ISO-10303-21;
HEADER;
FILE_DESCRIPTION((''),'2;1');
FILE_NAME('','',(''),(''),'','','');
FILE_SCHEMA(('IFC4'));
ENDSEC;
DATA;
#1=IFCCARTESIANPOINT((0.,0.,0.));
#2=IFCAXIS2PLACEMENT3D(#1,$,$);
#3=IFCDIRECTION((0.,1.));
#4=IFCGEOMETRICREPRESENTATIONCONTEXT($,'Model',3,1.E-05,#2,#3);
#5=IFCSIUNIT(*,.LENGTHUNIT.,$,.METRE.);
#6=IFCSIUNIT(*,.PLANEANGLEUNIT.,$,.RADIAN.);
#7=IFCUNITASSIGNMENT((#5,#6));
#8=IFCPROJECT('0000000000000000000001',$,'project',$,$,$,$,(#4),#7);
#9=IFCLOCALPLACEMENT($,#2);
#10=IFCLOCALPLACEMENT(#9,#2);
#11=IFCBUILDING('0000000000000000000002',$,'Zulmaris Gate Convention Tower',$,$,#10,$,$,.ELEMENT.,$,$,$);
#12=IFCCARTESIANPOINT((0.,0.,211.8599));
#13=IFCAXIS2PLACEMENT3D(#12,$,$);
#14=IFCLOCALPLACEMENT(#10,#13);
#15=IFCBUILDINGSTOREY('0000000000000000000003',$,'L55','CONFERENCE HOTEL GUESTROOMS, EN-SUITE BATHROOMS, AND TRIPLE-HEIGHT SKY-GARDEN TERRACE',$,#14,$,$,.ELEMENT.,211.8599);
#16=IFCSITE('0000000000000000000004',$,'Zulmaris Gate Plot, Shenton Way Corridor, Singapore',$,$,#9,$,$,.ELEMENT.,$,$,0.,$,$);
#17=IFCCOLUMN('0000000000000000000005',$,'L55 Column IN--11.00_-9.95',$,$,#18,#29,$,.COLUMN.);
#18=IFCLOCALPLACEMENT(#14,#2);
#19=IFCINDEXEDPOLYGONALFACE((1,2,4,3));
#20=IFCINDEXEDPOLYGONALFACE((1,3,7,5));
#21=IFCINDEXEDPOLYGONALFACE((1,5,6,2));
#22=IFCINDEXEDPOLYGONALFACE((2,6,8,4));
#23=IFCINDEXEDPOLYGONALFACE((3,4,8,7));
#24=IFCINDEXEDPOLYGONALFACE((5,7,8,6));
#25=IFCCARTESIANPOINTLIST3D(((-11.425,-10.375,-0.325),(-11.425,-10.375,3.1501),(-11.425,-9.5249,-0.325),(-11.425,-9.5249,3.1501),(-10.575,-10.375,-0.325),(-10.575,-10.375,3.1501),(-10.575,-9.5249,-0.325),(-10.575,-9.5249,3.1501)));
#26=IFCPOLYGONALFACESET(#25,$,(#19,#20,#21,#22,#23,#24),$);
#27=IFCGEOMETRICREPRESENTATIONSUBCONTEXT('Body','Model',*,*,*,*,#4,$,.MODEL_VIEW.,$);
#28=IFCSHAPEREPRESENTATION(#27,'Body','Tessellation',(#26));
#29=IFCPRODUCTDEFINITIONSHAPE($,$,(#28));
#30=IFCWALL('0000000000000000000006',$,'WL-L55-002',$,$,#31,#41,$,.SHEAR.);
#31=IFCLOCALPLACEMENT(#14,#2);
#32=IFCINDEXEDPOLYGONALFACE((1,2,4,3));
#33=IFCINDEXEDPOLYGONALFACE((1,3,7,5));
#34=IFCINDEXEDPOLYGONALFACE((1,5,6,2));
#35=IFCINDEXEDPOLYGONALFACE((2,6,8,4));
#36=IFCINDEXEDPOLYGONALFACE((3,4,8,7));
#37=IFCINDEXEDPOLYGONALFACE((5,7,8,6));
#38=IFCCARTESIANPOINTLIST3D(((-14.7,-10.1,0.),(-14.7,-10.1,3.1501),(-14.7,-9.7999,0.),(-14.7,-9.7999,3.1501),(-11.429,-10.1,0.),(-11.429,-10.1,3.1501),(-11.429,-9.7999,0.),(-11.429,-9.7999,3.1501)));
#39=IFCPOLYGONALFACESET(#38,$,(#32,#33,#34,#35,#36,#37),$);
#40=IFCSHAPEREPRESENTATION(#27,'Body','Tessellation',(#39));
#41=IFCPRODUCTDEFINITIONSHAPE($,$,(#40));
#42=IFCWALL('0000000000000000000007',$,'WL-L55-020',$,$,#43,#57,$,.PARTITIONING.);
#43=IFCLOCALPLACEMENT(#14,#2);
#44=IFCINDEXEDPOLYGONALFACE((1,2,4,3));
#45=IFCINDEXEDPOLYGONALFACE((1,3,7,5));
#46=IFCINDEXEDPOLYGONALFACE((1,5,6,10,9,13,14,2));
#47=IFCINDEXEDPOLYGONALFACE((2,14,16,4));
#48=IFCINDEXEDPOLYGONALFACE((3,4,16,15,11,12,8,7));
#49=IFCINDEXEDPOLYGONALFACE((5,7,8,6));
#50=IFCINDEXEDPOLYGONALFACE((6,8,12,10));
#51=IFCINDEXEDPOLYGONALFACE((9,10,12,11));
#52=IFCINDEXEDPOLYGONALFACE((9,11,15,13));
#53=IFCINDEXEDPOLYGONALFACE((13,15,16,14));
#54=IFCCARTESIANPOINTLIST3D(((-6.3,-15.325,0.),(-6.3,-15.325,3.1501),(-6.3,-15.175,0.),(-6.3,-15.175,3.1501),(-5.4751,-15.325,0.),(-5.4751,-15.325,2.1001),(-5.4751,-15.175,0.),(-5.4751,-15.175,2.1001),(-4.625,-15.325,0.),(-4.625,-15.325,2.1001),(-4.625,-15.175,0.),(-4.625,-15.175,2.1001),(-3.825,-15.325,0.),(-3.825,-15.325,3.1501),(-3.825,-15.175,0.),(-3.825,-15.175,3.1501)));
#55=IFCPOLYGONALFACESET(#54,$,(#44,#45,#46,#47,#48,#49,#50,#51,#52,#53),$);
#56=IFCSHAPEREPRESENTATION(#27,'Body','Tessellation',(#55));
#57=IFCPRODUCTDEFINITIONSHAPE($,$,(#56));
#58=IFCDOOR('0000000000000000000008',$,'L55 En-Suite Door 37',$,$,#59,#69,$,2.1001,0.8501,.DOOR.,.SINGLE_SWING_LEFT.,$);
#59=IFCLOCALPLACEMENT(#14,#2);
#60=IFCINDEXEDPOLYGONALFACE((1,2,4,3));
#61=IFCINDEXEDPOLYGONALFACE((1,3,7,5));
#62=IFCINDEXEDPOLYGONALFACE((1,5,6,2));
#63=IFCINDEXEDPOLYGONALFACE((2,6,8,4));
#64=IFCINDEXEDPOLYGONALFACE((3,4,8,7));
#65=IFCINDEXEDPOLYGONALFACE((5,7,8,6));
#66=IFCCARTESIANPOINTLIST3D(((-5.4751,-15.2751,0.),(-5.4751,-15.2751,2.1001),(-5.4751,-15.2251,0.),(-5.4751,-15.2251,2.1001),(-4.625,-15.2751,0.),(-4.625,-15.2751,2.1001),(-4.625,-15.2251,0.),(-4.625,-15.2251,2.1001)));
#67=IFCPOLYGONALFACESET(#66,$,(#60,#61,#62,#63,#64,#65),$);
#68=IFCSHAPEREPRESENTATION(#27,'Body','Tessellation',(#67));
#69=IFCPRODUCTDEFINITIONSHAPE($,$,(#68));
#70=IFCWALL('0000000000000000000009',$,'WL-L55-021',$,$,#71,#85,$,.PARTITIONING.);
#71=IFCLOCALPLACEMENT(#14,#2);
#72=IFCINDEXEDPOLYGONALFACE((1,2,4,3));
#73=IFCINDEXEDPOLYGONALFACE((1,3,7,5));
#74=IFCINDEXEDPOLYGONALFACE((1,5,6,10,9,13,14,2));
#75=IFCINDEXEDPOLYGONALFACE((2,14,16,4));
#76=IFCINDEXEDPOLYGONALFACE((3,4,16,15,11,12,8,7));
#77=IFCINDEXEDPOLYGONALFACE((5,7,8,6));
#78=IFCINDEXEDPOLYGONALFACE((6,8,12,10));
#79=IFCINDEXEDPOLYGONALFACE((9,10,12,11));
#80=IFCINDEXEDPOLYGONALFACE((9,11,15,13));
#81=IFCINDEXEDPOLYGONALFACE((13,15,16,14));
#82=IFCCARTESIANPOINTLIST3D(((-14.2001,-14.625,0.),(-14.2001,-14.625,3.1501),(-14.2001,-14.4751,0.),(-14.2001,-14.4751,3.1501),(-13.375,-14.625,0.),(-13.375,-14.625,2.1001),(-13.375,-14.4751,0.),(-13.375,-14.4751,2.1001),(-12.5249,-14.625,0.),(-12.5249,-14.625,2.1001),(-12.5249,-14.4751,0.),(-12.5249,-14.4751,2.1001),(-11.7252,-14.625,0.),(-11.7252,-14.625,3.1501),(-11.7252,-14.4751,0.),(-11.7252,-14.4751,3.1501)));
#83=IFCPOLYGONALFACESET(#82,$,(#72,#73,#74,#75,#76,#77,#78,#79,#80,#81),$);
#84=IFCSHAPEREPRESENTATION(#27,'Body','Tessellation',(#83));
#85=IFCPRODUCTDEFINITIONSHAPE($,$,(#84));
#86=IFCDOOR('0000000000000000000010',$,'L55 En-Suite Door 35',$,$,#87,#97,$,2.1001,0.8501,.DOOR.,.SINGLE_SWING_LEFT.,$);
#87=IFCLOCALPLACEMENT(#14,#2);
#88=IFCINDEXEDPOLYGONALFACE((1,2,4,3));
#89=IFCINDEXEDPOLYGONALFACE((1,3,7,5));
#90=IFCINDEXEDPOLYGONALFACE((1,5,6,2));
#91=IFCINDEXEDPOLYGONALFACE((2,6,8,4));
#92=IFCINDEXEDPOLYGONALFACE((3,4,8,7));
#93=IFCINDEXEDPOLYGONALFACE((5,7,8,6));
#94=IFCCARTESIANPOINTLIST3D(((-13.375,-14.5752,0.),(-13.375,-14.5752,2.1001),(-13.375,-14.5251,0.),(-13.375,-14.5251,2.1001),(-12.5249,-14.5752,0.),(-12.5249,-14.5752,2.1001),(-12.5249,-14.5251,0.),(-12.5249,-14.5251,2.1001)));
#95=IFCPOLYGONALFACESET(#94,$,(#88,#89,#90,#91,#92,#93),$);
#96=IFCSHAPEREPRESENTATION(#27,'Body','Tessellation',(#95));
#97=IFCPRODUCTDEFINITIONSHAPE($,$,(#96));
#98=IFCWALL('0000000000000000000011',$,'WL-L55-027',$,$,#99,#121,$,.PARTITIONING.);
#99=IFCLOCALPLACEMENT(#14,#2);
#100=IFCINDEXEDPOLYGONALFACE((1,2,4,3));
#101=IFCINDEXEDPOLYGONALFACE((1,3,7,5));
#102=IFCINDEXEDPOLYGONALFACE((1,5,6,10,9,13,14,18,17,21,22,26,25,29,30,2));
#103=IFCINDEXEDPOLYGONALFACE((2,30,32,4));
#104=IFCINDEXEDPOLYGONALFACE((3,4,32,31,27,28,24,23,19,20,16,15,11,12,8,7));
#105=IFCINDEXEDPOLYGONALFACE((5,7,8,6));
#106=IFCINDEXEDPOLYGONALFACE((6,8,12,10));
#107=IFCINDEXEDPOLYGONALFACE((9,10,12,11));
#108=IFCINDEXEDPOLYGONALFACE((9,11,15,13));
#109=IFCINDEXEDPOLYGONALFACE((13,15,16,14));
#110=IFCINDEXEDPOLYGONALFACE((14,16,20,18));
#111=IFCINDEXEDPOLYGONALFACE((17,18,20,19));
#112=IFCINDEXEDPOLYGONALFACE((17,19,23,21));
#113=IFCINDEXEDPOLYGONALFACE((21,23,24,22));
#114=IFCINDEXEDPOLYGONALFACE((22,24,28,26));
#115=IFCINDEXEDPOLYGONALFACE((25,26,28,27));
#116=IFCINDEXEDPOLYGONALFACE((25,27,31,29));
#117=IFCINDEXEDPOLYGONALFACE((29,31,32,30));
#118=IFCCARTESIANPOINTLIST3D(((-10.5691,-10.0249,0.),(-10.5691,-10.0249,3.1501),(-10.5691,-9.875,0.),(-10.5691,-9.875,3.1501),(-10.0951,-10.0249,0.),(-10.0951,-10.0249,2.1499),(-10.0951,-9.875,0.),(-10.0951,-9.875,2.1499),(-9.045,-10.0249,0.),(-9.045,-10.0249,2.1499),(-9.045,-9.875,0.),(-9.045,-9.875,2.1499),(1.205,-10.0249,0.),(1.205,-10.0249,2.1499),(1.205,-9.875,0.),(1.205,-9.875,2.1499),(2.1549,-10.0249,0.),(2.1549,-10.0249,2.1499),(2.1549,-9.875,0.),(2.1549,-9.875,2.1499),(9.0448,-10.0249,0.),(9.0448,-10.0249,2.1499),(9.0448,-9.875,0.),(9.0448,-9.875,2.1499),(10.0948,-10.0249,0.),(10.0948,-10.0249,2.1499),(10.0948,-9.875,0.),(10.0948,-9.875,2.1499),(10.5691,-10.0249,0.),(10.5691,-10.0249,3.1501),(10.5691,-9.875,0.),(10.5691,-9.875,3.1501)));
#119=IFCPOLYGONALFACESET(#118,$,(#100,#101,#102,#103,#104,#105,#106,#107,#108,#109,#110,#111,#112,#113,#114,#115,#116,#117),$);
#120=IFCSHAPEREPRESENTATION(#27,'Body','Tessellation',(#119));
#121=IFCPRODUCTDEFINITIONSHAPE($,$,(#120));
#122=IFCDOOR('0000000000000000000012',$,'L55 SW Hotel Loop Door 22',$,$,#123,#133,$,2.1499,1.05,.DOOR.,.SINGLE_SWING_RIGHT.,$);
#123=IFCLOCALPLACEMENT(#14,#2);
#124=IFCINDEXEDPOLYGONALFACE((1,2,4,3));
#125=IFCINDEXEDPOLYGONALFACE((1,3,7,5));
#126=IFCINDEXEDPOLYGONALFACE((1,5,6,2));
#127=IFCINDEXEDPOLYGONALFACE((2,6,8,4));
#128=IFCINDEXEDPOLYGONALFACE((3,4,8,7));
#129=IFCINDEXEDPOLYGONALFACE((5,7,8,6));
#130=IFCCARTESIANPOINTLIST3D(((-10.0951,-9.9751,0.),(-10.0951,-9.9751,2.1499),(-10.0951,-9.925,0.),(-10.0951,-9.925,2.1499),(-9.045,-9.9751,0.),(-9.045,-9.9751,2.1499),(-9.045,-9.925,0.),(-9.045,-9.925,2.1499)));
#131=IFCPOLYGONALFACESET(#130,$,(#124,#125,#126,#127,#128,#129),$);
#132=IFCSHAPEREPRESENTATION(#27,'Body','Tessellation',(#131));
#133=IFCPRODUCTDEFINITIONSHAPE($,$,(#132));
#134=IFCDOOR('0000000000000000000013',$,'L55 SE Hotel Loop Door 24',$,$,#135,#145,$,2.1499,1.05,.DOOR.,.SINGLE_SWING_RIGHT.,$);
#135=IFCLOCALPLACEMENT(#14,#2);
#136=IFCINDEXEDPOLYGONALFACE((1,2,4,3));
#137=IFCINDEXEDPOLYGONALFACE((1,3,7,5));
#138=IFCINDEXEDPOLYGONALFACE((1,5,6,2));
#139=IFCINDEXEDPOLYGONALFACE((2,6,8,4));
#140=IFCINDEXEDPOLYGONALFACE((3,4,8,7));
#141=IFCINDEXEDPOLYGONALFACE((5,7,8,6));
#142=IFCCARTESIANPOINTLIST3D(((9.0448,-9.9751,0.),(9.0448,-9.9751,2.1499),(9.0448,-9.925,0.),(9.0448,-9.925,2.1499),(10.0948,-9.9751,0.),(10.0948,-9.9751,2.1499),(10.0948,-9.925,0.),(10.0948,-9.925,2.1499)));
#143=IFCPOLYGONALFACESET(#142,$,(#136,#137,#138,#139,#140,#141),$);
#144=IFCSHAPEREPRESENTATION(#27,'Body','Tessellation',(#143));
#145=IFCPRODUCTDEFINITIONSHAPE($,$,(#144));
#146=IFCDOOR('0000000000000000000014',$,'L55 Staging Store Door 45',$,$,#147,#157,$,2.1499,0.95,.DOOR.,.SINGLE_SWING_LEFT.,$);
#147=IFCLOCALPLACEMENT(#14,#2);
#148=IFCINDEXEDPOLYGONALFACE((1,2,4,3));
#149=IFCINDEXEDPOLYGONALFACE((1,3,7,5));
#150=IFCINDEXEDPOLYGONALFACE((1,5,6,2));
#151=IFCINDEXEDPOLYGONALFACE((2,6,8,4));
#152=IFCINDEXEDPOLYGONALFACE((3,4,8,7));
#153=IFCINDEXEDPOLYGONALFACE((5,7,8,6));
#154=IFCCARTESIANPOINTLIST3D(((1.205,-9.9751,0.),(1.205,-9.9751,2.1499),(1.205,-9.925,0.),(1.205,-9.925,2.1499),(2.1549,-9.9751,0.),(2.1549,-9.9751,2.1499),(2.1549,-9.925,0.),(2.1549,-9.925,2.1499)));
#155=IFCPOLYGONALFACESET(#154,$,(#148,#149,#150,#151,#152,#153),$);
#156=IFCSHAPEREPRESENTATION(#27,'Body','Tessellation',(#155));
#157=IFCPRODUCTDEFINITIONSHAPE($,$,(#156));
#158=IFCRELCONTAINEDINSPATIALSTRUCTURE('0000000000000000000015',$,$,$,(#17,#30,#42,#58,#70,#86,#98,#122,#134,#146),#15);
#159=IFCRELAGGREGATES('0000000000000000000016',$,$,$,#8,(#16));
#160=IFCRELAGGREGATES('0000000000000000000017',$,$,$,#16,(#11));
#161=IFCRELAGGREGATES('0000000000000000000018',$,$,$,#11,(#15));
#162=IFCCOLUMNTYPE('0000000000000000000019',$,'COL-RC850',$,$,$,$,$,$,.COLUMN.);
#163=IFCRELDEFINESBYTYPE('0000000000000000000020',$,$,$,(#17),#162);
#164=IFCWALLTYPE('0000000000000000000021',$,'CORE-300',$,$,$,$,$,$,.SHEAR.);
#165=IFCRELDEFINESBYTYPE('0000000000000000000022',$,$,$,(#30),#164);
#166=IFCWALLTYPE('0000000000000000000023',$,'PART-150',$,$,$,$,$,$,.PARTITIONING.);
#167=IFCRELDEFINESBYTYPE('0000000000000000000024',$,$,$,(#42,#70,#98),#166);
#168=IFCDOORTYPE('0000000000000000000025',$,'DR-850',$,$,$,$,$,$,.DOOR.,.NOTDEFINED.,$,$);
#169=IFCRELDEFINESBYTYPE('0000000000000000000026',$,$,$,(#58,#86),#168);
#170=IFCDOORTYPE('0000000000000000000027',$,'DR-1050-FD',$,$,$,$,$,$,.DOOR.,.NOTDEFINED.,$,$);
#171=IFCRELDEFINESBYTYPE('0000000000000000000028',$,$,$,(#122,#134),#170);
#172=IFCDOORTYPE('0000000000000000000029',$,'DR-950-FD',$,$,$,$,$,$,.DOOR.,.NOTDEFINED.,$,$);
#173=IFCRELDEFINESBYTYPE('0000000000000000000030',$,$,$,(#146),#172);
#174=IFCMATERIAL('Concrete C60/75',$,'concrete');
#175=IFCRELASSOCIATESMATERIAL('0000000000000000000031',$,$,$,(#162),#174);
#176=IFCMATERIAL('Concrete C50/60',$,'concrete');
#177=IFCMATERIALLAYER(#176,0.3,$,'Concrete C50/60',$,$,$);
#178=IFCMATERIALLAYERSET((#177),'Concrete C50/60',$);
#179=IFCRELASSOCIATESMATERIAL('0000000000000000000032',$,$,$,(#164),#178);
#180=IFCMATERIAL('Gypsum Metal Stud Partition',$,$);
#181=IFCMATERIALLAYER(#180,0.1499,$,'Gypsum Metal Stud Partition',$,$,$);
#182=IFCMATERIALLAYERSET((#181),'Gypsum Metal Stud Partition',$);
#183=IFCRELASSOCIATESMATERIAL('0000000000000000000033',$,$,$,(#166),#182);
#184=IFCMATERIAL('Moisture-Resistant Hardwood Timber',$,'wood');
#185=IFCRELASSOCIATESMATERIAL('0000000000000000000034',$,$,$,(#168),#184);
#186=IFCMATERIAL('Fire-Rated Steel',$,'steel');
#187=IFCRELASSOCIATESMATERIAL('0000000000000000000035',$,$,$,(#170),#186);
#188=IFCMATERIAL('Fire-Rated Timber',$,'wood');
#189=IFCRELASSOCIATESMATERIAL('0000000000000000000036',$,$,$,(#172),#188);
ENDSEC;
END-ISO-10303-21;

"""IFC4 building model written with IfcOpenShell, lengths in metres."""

from ifc_helpers import new_model, si_unit, direction, frame, frame_2d, origin, origin_2d, place, context, subcontext, project, spatial, rectangle, extrude, material, layer, layer_set, material_profile, profile_set, type_object, element, fill, save


model = new_model("IFC4")

# Units and contexts
model_context = context("Model", 3, precision=1e-05, world=origin(), true_north=direction((0.0, 1.0)))
body_context = subcontext(model_context, "Body", "Model", "MODEL_VIEW")
ifc_project = project(units=[si_unit("LENGTHUNIT", "METRE"), si_unit("PLANEANGLEUNIT", "RADIAN")], contexts=[model_context])

# Site, building, storey
site_placement = place(None, origin())
site = spatial("IfcSite", under=ifc_project, at=site_placement, Name="Zulmaris Gate Plot, Shenton Way Corridor, Singapore", CompositionType="ELEMENT", RefElevation=0.0)
building_placement = place(site_placement, origin())
building = spatial("IfcBuilding", under=site, at=building_placement, Name="Zulmaris Gate Convention Tower", CompositionType="ELEMENT")
storey_placement = place(building_placement, frame((0.0, 0.0, 211.8599)))
storey = spatial("IfcBuildingStorey", under=building, at=storey_placement, Name="L55", Description="CONFERENCE HOTEL GUESTROOMS, EN-SUITE BATHROOMS, AND TRIPLE-HEIGHT SKY-GARDEN TERRACE", CompositionType="ELEMENT", Elevation=211.8599)

# Column
ifc_material_1 = material(Name="Concrete C60/75", Category="concrete")
ifc_material_profile = material_profile(ifc_material_1, rectangle(XDim=0.8501, YDim=0.8501, at=origin_2d()), Name="RC COL 850x850")
ifc_profile_set = profile_set([ifc_material_profile], Name="Concrete C60/75")
column_type = type_object("IfcColumnType", Name="COL-RC850", PredefinedType="COLUMN", material=ifc_profile_set)
column_placement = place(storey_placement, frame((-11.0, -9.95, -0.325), z_axis=(0.0, 0.0, 1.0), x_axis=(1.0, 0.0, 0.0)))
element("IfcColumn", 1, at=column_placement, inside=storey, type_object=column_type, Name="L55 Column IN--11.00_-9.95", PredefinedType="COLUMN", context=body_context, shape_type="SweptSolid", body=[
    extrude(rectangle(XDim=0.8501, YDim=0.8501, at=origin_2d()), origin(), (0.0, 0.0, 1.0), 3.4751),
])

# Wall
ifc_material_2 = material(Name="Concrete C50/60", Category="concrete")
ifc_layer_1 = layer(ifc_material_2, 0.3, Name="Concrete C50/60")
ifc_layer_set_1 = layer_set([ifc_layer_1], Name="Concrete C50/60")
wall_type_1 = type_object("IfcWallType", Name="CORE-300", PredefinedType="SHEAR", material=ifc_layer_set_1)
wall_1_placement = place(storey_placement, frame((-14.7, -9.95, 0.0), z_axis=(0.0, 0.0, 1.0), x_axis=(1.0, 0.0, 0.0)))
element("IfcWall", 2, at=wall_1_placement, inside=storey, type_object=wall_type_1, Name="WL-L55-002", PredefinedType="SHEAR", context=body_context, shape_type="SweptSolid", body=[
    extrude(rectangle(XDim=3.271, YDim=0.3, at=frame_2d((1.6355, 0.0))), origin(), (0.0, 0.0, 1.0), 3.1501),
])

# Walls, openings, doors
ifc_material_3 = material(Name="Gypsum Metal Stud Partition")
ifc_layer_2 = layer(ifc_material_3, 0.1499, Name="Gypsum Metal Stud Partition")
ifc_layer_set_2 = layer_set([ifc_layer_2], Name="Gypsum Metal Stud Partition")
wall_type_2 = type_object("IfcWallType", Name="PART-150", PredefinedType="PARTITIONING", material=ifc_layer_set_2)
wall_2_placement = place(storey_placement, frame((-6.3, -15.25, 0.0), z_axis=(0.0, 0.0, 1.0), x_axis=(1.0, 0.0, 0.0)))
wall_2 = element("IfcWall", 3, at=wall_2_placement, inside=storey, type_object=wall_type_2, Name="WL-L55-020", PredefinedType="PARTITIONING", context=body_context, shape_type="SweptSolid", body=[
    extrude(rectangle(XDim=2.4751, YDim=0.1499, at=frame_2d((1.2375, 0.0))), origin(), (0.0, 0.0, 1.0), 3.1501),
])
opening_1_placement = place(wall_2_placement, frame((0.825, 0.0, 0.0)))
opening_1 = element("IfcOpeningElement", 4, at=opening_1_placement, cuts=wall_2, PredefinedType="OPENING", context=body_context, shape_type="SweptSolid", body=[
    extrude(rectangle(XDim=0.8501, YDim=2.1001, at=frame_2d((0.425, 1.05))), frame((0.0, 0.085, 0.0), z_axis=(0.0, -1.0, 0.0), x_axis=(1.0, 0.0, 0.0)), (0.0, 0.0, 1.0), 0.1699),
])
ifc_material_4 = material(Name="Moisture-Resistant Hardwood Timber", Category="wood")
door_type_1 = type_object("IfcDoorType", Name="DR-850", OperationType="NOTDEFINED", PredefinedType="DOOR", material=ifc_material_4)
door_1_placement = place(opening_1_placement, origin())
door_1 = element("IfcDoor", 5, at=door_1_placement, inside=storey, type_object=door_type_1, Name="L55 En-Suite Door 37", OperationType="SINGLE_SWING_LEFT", OverallHeight=2.1001, OverallWidth=0.8501, PredefinedType="DOOR", context=body_context, shape_type="SweptSolid", body=[
    extrude(rectangle(XDim=0.8501, YDim=2.1001, at=frame_2d((0.425, 1.05))), frame((0.0, 0.0249, 0.0), z_axis=(0.0, -1.0, 0.0), x_axis=(1.0, 0.0, 0.0)), (0.0, 0.0, 1.0), 0.05),
])
fill(opening_1, door_1)
wall_3_placement = place(storey_placement, frame((-14.2, -14.55, 0.0), z_axis=(0.0, 0.0, 1.0), x_axis=(1.0, 0.0, 0.0)))
wall_3 = element("IfcWall", 6, at=wall_3_placement, inside=storey, type_object=wall_type_2, Name="WL-L55-021", PredefinedType="PARTITIONING", context=body_context, shape_type="SweptSolid", body=[
    extrude(rectangle(XDim=2.4749, YDim=0.1499, at=frame_2d((1.2373, 0.0))), origin(), (0.0, 0.0, 1.0), 3.1501),
])
opening_2_placement = place(wall_3_placement, frame((0.825, 0.0, 0.0)))
opening_2 = element("IfcOpeningElement", 7, at=opening_2_placement, cuts=wall_3, PredefinedType="OPENING", context=body_context, shape_type="SweptSolid", body=[
    extrude(rectangle(XDim=0.8501, YDim=2.1001, at=frame_2d((0.425, 1.05))), frame((0.0, 0.085, 0.0), z_axis=(0.0, -1.0, 0.0), x_axis=(1.0, 0.0, 0.0)), (0.0, 0.0, 1.0), 0.1699),
])
door_2_placement = place(opening_2_placement, origin())
door_2 = element("IfcDoor", 8, at=door_2_placement, inside=storey, type_object=door_type_1, Name="L55 En-Suite Door 35", OperationType="SINGLE_SWING_LEFT", OverallHeight=2.1001, OverallWidth=0.8501, PredefinedType="DOOR", context=body_context, shape_type="SweptSolid", body=[
    extrude(rectangle(XDim=0.8501, YDim=2.1001, at=frame_2d((0.425, 1.05))), frame((0.0, 0.0249, 0.0), z_axis=(0.0, -1.0, 0.0), x_axis=(1.0, 0.0, 0.0)), (0.0, 0.0, 1.0), 0.05),
])
fill(opening_2, door_2)

# Wall, openings, doors
wall_4_placement = place(storey_placement, frame((-10.5691, -9.95, 0.0), z_axis=(0.0, 0.0, 1.0), x_axis=(1.0, 0.0, 0.0)))
wall_4 = element("IfcWall", 9, at=wall_4_placement, inside=storey, type_object=wall_type_2, Name="WL-L55-027", PredefinedType="PARTITIONING", context=body_context, shape_type="SweptSolid", body=[
    extrude(rectangle(XDim=21.1382, YDim=0.1499, at=frame_2d((10.5691, 0.0))), origin(), (0.0, 0.0, 1.0), 3.1501),
])
opening_3_placement = place(wall_4_placement, frame((0.4741, 0.0, 0.0)))
opening_3 = element("IfcOpeningElement", 10, at=opening_3_placement, cuts=wall_4, PredefinedType="OPENING", context=body_context, shape_type="SweptSolid", body=[
    extrude(rectangle(XDim=1.05, YDim=2.1499, at=frame_2d((0.5249, 1.075))), frame((0.0, 0.085, 0.0), z_axis=(0.0, -1.0, 0.0), x_axis=(1.0, 0.0, 0.0)), (0.0, 0.0, 1.0), 0.1699),
])
opening_4_placement = place(wall_4_placement, frame((19.614, 0.0, 0.0)))
opening_4 = element("IfcOpeningElement", 11, at=opening_4_placement, cuts=wall_4, PredefinedType="OPENING", context=body_context, shape_type="SweptSolid", body=[
    extrude(rectangle(XDim=1.05, YDim=2.1499, at=frame_2d((0.5249, 1.075))), frame((0.0, 0.085, 0.0), z_axis=(0.0, -1.0, 0.0), x_axis=(1.0, 0.0, 0.0)), (0.0, 0.0, 1.0), 0.1699),
])
opening_5_placement = place(wall_4_placement, frame((11.7739, 0.0, 0.0)))
opening_5 = element("IfcOpeningElement", 12, at=opening_5_placement, cuts=wall_4, PredefinedType="OPENING", context=body_context, shape_type="SweptSolid", body=[
    extrude(rectangle(XDim=0.95, YDim=2.1499, at=frame_2d((0.4751, 1.075))), frame((0.0, 0.085, 0.0), z_axis=(0.0, -1.0, 0.0), x_axis=(1.0, 0.0, 0.0)), (0.0, 0.0, 1.0), 0.1699),
])
ifc_material_5 = material(Name="Fire-Rated Steel", Category="steel")
door_type_2 = type_object("IfcDoorType", Name="DR-1050-FD", OperationType="NOTDEFINED", PredefinedType="DOOR", material=ifc_material_5)
door_3_placement = place(opening_3_placement, origin())
door_3 = element("IfcDoor", 13, at=door_3_placement, inside=storey, type_object=door_type_2, Name="L55 SW Hotel Loop Door 22", OperationType="SINGLE_SWING_RIGHT", OverallHeight=2.1499, OverallWidth=1.05, PredefinedType="DOOR", context=body_context, shape_type="SweptSolid", body=[
    extrude(rectangle(XDim=1.05, YDim=2.1499, at=frame_2d((0.5249, 1.075))), frame((0.0, 0.0249, 0.0), z_axis=(0.0, -1.0, 0.0), x_axis=(1.0, 0.0, 0.0)), (0.0, 0.0, 1.0), 0.05),
])
fill(opening_3, door_3)
door_4_placement = place(opening_4_placement, origin())
door_4 = element("IfcDoor", 14, at=door_4_placement, inside=storey, type_object=door_type_2, Name="L55 SE Hotel Loop Door 24", OperationType="SINGLE_SWING_RIGHT", OverallHeight=2.1499, OverallWidth=1.05, PredefinedType="DOOR", context=body_context, shape_type="SweptSolid", body=[
    extrude(rectangle(XDim=1.05, YDim=2.1499, at=frame_2d((0.5249, 1.075))), frame((0.0, 0.0249, 0.0), z_axis=(0.0, -1.0, 0.0), x_axis=(1.0, 0.0, 0.0)), (0.0, 0.0, 1.0), 0.05),
])
fill(opening_4, door_4)
ifc_material_6 = material(Name="Fire-Rated Timber", Category="wood")
door_type_3 = type_object("IfcDoorType", Name="DR-950-FD", OperationType="NOTDEFINED", PredefinedType="DOOR", material=ifc_material_6)
door_5_placement = place(opening_5_placement, origin())
door_5 = element("IfcDoor", 15, at=door_5_placement, inside=storey, type_object=door_type_3, Name="L55 Staging Store Door 45", OperationType="SINGLE_SWING_LEFT", OverallHeight=2.1499, OverallWidth=0.95, PredefinedType="DOOR", context=body_context, shape_type="SweptSolid", body=[
    extrude(rectangle(XDim=0.95, YDim=2.1499, at=frame_2d((0.4751, 1.075))), frame((0.0, 0.0249, 0.0), z_axis=(0.0, -1.0, 0.0), x_axis=(1.0, 0.0, 0.0)), (0.0, 0.0, 1.0), 0.05),
])
fill(opening_5, door_5)

save(model, "model.ifc")
